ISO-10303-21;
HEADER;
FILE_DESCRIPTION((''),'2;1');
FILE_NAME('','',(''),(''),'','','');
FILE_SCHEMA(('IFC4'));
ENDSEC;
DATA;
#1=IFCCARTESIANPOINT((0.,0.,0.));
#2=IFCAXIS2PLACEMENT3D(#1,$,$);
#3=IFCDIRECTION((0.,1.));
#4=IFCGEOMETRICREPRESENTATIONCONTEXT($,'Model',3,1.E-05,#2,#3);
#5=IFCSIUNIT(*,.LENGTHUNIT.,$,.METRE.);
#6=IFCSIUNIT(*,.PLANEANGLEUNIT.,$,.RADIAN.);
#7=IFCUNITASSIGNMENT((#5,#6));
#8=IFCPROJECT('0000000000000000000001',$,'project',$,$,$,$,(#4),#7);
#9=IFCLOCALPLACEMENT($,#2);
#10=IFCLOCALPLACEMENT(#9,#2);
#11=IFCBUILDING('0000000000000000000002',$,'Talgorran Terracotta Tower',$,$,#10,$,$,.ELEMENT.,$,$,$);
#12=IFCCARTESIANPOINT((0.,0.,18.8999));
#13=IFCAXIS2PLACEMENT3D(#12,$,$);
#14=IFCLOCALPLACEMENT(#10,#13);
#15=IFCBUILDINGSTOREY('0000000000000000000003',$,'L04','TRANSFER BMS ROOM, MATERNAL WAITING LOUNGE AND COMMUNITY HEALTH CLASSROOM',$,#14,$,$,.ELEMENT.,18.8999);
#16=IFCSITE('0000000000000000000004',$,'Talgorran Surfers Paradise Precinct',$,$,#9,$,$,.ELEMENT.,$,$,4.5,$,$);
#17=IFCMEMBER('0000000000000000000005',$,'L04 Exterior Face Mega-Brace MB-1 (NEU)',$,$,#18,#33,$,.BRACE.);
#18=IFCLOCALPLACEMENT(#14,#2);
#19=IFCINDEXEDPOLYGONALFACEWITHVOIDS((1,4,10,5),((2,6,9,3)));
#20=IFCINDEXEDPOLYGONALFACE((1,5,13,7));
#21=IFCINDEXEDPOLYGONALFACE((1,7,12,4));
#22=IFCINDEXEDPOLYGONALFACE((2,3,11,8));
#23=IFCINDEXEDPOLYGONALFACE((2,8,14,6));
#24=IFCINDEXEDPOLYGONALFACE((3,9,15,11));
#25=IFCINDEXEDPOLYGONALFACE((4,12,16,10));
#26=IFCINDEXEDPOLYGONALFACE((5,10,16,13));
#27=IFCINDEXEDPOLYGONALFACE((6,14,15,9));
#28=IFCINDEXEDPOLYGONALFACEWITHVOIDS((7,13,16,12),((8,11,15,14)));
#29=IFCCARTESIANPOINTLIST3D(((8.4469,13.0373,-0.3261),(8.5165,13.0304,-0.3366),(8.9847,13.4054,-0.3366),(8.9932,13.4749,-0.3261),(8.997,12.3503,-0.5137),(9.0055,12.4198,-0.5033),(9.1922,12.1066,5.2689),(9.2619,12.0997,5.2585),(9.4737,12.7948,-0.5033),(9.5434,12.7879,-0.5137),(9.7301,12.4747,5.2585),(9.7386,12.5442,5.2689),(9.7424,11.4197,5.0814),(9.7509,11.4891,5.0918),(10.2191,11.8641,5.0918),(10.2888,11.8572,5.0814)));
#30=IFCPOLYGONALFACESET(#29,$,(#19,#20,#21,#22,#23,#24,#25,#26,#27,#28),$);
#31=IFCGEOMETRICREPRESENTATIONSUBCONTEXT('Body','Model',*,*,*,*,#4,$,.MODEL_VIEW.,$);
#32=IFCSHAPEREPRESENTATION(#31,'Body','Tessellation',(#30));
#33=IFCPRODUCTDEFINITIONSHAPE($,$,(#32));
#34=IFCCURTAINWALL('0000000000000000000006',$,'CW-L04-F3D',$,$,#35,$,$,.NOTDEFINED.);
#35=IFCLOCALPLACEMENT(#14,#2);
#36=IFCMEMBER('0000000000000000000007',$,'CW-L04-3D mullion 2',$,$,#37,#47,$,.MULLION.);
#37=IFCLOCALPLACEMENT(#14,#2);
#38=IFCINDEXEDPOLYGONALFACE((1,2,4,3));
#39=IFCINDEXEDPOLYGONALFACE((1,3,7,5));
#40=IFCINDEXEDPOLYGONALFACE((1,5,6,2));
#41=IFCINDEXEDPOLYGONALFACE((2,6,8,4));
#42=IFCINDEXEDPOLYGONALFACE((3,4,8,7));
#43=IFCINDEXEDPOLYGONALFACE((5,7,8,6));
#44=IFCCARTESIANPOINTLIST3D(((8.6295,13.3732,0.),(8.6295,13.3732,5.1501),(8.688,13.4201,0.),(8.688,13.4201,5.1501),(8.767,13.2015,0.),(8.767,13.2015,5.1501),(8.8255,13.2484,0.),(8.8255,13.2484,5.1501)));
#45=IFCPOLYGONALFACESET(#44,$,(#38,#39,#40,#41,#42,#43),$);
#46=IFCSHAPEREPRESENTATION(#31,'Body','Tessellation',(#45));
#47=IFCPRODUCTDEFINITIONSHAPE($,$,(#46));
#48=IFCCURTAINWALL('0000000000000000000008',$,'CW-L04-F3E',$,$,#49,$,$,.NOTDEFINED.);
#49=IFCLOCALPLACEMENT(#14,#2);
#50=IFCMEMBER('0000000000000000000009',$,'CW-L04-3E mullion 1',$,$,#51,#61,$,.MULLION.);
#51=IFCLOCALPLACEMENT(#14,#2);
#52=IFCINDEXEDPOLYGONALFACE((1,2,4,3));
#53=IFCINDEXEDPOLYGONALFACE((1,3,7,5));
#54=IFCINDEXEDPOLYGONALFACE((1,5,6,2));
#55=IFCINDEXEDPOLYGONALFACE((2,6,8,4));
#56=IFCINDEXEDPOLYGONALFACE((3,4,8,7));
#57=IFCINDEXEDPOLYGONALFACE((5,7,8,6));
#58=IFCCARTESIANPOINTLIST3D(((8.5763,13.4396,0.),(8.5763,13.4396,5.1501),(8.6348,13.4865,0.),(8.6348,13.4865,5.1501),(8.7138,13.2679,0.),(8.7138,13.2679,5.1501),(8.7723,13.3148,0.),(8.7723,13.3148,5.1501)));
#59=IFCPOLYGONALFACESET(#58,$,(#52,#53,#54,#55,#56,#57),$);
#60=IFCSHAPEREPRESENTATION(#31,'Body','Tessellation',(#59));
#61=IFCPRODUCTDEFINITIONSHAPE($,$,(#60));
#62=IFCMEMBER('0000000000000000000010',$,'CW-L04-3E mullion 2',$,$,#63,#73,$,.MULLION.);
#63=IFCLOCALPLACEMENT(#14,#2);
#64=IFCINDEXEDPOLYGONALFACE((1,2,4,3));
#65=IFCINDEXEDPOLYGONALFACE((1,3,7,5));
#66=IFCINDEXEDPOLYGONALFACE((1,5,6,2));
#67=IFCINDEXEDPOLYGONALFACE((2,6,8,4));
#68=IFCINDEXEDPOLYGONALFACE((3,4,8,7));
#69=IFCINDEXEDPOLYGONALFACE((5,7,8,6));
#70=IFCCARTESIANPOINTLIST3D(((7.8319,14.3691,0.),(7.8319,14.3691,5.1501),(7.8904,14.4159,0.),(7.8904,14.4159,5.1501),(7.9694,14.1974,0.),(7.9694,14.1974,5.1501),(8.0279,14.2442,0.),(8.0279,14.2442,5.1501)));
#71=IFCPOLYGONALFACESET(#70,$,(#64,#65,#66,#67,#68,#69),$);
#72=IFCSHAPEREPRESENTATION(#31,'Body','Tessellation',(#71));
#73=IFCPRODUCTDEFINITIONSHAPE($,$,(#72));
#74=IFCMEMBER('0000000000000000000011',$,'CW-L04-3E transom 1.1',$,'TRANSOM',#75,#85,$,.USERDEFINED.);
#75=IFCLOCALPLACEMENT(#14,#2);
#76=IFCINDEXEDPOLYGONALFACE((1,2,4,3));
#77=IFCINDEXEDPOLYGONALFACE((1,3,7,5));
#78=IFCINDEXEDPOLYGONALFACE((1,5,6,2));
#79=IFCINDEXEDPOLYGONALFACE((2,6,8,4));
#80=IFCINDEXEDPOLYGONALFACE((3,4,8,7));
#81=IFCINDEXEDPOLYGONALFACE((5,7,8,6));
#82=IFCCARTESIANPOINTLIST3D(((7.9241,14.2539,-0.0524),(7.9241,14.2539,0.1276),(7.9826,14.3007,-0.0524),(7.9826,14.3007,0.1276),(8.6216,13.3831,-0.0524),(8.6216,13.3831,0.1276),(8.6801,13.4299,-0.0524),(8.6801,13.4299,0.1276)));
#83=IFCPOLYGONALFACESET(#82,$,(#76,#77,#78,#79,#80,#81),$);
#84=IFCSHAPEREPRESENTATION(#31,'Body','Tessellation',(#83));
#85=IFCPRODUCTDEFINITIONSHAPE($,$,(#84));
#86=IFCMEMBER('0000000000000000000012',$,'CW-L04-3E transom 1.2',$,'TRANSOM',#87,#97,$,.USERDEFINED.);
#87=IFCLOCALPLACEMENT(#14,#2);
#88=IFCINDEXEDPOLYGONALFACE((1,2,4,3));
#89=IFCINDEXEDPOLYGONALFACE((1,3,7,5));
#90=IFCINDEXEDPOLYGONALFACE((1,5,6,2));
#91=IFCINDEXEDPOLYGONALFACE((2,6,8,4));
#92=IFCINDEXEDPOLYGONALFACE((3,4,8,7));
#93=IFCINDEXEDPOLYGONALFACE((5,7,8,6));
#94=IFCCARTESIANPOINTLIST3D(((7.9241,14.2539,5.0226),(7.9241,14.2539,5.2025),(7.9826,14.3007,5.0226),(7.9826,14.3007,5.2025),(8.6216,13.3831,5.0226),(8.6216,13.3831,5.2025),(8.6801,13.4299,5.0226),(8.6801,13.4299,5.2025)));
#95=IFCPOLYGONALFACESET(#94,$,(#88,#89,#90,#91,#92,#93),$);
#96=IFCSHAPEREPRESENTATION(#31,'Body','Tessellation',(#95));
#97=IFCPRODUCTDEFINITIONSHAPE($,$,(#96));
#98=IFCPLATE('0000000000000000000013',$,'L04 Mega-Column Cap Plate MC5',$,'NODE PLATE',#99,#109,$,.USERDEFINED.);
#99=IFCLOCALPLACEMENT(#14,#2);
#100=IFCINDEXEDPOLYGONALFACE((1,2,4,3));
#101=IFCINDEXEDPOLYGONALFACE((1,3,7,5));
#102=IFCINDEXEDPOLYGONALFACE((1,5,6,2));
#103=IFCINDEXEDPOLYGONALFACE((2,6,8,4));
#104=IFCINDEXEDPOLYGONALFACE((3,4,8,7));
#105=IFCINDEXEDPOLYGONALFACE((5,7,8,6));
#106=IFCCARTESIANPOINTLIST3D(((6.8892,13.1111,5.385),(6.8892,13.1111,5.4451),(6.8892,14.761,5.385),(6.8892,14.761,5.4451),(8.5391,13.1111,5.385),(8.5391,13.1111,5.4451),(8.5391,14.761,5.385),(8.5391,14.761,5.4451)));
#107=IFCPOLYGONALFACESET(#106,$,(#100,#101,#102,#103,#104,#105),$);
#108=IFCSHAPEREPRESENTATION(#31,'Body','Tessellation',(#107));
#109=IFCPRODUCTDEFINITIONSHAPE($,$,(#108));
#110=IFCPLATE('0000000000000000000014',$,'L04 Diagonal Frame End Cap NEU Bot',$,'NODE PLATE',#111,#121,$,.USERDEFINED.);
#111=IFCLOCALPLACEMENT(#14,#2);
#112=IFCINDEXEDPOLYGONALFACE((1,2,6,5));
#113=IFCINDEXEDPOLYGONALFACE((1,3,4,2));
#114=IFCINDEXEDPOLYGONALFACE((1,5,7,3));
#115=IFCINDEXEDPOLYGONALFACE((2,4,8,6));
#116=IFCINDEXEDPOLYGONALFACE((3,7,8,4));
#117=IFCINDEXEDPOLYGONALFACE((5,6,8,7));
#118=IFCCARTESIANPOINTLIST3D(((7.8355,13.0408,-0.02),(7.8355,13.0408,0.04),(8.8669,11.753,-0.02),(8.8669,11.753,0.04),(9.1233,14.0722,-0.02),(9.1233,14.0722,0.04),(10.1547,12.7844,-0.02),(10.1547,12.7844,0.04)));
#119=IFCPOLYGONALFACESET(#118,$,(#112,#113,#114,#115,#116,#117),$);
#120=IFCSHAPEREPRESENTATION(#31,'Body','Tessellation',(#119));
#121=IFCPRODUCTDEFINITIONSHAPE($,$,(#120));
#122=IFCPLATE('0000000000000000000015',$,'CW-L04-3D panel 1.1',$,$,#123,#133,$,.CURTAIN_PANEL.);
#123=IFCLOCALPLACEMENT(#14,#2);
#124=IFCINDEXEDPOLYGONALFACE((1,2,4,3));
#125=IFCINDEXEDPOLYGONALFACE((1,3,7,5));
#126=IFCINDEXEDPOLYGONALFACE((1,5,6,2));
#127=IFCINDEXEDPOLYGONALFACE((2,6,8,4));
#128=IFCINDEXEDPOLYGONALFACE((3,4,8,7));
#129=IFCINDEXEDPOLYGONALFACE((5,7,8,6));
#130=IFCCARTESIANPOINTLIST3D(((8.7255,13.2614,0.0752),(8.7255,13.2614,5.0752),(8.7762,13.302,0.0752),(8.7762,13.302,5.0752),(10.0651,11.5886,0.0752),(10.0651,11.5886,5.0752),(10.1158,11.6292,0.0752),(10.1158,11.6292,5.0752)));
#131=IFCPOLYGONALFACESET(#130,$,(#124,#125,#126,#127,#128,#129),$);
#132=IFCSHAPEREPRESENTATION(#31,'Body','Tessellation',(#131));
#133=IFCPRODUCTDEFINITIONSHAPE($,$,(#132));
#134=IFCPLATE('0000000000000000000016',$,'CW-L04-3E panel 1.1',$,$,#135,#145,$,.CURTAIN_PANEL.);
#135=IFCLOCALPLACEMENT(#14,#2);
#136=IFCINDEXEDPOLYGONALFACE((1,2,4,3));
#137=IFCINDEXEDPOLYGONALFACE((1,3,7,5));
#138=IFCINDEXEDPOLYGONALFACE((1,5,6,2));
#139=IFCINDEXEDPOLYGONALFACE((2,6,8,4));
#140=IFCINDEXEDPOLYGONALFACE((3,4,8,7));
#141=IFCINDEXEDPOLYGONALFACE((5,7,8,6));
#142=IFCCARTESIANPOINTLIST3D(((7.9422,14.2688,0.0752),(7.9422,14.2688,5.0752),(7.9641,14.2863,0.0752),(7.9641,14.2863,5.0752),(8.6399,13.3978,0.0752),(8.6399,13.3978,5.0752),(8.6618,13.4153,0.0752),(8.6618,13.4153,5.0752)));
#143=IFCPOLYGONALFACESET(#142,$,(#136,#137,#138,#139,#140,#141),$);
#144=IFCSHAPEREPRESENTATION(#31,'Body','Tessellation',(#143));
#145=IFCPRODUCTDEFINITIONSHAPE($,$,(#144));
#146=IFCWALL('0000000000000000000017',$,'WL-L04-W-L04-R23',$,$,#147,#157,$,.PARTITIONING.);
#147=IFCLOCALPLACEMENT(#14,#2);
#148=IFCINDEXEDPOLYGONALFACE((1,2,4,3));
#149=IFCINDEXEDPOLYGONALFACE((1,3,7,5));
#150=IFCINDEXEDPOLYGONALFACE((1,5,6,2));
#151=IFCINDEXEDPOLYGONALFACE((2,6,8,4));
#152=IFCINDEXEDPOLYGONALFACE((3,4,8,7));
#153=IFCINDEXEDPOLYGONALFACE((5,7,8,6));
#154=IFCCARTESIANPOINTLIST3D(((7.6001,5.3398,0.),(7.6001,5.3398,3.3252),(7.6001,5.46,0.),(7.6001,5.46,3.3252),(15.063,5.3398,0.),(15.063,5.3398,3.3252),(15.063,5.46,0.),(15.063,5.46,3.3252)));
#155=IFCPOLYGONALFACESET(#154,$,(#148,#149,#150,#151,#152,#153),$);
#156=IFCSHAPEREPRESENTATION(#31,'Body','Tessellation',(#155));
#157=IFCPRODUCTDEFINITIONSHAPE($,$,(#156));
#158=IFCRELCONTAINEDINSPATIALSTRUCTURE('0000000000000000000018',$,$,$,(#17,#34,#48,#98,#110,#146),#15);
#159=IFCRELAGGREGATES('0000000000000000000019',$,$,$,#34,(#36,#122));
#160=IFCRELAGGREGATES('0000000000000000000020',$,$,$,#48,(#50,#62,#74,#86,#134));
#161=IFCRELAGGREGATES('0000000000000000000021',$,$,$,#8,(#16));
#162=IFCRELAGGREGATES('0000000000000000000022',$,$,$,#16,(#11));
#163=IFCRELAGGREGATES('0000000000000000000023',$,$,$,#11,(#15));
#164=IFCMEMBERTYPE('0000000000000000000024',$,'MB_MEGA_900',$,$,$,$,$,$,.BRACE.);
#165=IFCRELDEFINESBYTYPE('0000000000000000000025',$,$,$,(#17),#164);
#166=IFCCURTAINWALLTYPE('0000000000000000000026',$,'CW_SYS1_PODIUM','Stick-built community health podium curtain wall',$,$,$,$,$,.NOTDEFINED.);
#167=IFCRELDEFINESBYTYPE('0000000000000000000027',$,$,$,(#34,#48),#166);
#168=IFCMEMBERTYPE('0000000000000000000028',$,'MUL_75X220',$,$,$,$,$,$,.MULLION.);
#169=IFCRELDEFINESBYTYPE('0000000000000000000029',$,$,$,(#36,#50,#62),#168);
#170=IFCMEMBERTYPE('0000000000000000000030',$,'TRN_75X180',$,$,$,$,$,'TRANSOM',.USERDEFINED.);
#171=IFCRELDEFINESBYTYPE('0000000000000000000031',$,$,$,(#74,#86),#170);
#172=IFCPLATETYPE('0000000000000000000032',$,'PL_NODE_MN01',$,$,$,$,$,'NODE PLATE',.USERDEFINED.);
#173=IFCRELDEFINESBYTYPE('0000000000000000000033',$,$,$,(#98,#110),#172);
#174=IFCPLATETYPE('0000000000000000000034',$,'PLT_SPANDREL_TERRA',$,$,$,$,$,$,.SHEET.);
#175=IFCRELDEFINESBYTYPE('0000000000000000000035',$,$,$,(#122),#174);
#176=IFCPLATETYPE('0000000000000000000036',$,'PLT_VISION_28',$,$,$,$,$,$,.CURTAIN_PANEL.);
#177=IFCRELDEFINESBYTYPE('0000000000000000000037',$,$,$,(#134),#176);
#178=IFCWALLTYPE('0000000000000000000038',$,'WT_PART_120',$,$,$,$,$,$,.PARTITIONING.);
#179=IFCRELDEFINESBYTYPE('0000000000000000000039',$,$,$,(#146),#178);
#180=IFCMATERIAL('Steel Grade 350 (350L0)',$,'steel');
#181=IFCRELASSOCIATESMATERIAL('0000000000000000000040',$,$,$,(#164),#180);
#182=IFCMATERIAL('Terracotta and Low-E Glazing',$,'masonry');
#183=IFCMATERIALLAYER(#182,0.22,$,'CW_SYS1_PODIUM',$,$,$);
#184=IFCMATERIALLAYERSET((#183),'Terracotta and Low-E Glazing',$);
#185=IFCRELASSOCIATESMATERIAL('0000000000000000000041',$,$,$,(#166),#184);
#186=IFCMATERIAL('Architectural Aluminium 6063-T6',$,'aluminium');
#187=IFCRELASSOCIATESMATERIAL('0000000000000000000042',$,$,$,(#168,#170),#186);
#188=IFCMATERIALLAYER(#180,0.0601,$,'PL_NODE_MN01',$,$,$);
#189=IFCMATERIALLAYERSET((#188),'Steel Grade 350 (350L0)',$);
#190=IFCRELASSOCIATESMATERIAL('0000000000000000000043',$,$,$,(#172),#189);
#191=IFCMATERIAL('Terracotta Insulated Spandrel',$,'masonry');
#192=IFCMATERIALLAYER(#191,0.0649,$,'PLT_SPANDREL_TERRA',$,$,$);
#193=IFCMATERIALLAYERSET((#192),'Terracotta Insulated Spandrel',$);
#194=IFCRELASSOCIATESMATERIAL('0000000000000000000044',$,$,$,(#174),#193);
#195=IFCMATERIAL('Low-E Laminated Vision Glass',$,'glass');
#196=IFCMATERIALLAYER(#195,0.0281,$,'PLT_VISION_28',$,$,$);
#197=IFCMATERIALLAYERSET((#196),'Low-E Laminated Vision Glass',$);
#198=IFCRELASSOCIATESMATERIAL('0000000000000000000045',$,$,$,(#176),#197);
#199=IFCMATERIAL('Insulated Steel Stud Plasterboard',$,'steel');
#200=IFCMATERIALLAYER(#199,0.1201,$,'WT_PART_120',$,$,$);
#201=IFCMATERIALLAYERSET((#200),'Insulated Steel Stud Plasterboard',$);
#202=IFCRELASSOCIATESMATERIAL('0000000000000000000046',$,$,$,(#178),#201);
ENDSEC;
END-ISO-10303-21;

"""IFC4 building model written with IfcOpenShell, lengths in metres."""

from ifc_helpers import new_model, si_unit, direction, frame, frame_2d, origin, origin_2d, place, context, subcontext, project, spatial, rectangle, hollow_rectangle, extrude, source, transform, mapped, material, layer, layer_set, material_profile, profile_set, type_object, type_shapes, element, aggregate, save


model = new_model("IFC4")

# Units and contexts
model_context = context("Model", 3, precision=1e-05, world=origin(), true_north=direction((0.0, 1.0)))
body_context = subcontext(model_context, "Body", "Model", "MODEL_VIEW")
ifc_project = project(units=[si_unit("LENGTHUNIT", "METRE"), si_unit("PLANEANGLEUNIT", "RADIAN")], contexts=[model_context])

# Site, building, storey
site_placement = place(None, origin())
site = spatial("IfcSite", under=ifc_project, at=site_placement, Name="Talgorran Surfers Paradise Precinct", CompositionType="ELEMENT", RefElevation=4.5)
building_placement = place(site_placement, origin())
building = spatial("IfcBuilding", under=site, at=building_placement, Name="Talgorran Terracotta Tower", CompositionType="ELEMENT")
storey_placement = place(building_placement, frame((0.0, 0.0, 18.8999)))
storey = spatial("IfcBuildingStorey", under=building, at=storey_placement, Name="L04", Description="TRANSFER BMS ROOM, MATERNAL WAITING LOUNGE AND COMMUNITY HEALTH CLASSROOM", CompositionType="ELEMENT", Elevation=18.8999)

# Shared definitions
ifc_material_1 = material(Name="Steel Grade 350 (350L0)", Category="steel")

# Member
ifc_material_profile_1 = material_profile(ifc_material_1, hollow_rectangle(XDim=0.7, YDim=0.8999, WallThickness=0.05, at=origin_2d()), Name="WBOX900X700X50")
ifc_profile_set_1 = profile_set([ifc_material_profile_1], Name="Steel Grade 350 (350L0)")
member_type_1 = type_object("IfcMemberType", Name="MB_MEGA_900", PredefinedType="BRACE", material=ifc_profile_set_1)
member_1_placement = place(storey_placement, frame((8.9951, 12.9126, -0.4199), z_axis=(0.130294, -0.162686, 0.978037), x_axis=(0.780529, 0.625119, 0.0)))
element("IfcMember", 1, at=member_1_placement, inside=storey, type_object=member_type_1, Name="L04 Exterior Face Mega-Brace MB-1 (NEU)", PredefinedType="BRACE", context=body_context, shape_type="SweptSolid", body=[
    extrude(hollow_rectangle(XDim=0.7, YDim=0.8999, WallThickness=0.05, at=origin_2d()), origin(), (0.0, 0.0, 1.0), 5.7207),
])

# Curtain wall, member
ifc_material_2 = material(Name="Terracotta and Low-E Glazing", Category="masonry")
ifc_layer_1 = layer(ifc_material_2, 0.22, Name="CW_SYS1_PODIUM")
ifc_layer_set_1 = layer_set([ifc_layer_1], Name="Terracotta and Low-E Glazing")
curtain_wall_type = type_object("IfcCurtainWallType", Name="CW_SYS1_PODIUM", Description="Stick-built community health podium curtain wall", PredefinedType="NOTDEFINED", material=ifc_layer_set_1)
curtain_wall_1_placement = place(storey_placement, origin())
curtain_wall_1 = element("IfcCurtainWall", 2, at=curtain_wall_1_placement, inside=storey, type_object=curtain_wall_type, Name="CW-L04-F3D", PredefinedType="NOTDEFINED")
ifc_material_3 = material(Name="Architectural Aluminium 6063-T6", Category="aluminium")
ifc_material_profile_2 = material_profile(ifc_material_3, rectangle(XDim=0.075, YDim=0.22, at=origin_2d()), Name="CWM75X220")
ifc_profile_set_2 = profile_set([ifc_material_profile_2], Name="Architectural Aluminium 6063-T6")
member_type_2 = type_object("IfcMemberType", Name="MUL_75X220", PredefinedType="MULLION", material=ifc_profile_set_2)
member_2_placement = place(storey_placement, frame((8.7275, 13.3108, 0.0), z_axis=(0.0, 0.0, 1.0), x_axis=(-0.780537, -0.62511, 0.0)))
member_2 = element("IfcMember", 3, at=member_2_placement, type_object=member_type_2, Name="CW-L04-3D mullion 2", PredefinedType="MULLION", context=body_context, shape_type="SweptSolid", body=[
    extrude(rectangle(XDim=0.075, YDim=0.22, at=origin_2d()), origin(), (0.0, 0.0, 1.0), 5.1501),
])

# Curtain wall, members
curtain_wall_2_placement = place(storey_placement, origin())
curtain_wall_2 = element("IfcCurtainWall", 4, at=curtain_wall_2_placement, inside=storey, type_object=curtain_wall_type, Name="CW-L04-F3E", PredefinedType="NOTDEFINED")
member_3_placement = place(storey_placement, frame((8.6743, 13.3772, 0.0), z_axis=(0.0, 0.0, 1.0), x_axis=(-0.780514, -0.625138, 0.0)))
member_3 = element("IfcMember", 5, at=member_3_placement, type_object=member_type_2, Name="CW-L04-3E mullion 1", PredefinedType="MULLION", context=body_context, shape_type="SweptSolid", body=[
    extrude(rectangle(XDim=0.075, YDim=0.22, at=origin_2d()), origin(), (0.0, 0.0, 1.0), 5.1501),
])
member_4_placement = place(storey_placement, frame((7.9299, 14.3066, 0.0), z_axis=(0.0, 0.0, 1.0), x_axis=(-0.780514, -0.625138, 0.0)))
member_4 = element("IfcMember", 6, at=member_4_placement, type_object=member_type_2, Name="CW-L04-3E mullion 2", PredefinedType="MULLION", context=body_context, shape_type="SweptSolid", body=[
    extrude(rectangle(XDim=0.075, YDim=0.22, at=origin_2d()), origin(), (0.0, 0.0, 1.0), 5.1501),
])
ifc_material_profile_3 = material_profile(ifc_material_3, rectangle(XDim=0.075, YDim=0.1799, at=origin_2d()), Name="CWT75X180")
ifc_profile_set_3 = profile_set([ifc_material_profile_3], Name="Architectural Aluminium 6063-T6")
member_type_3 = type_object("IfcMemberType", Name="TRN_75X180", ElementType="TRANSOM", PredefinedType="USERDEFINED", material=ifc_profile_set_3)
member_5_placement = place(storey_placement, frame((8.6509, 13.4065, 0.0376), z_axis=(-0.625149, 0.780506, 0.0), x_axis=(-0.780506, -0.625149, 0.0)))
member_5 = element("IfcMember", 7, at=member_5_placement, type_object=member_type_3, Name="CW-L04-3E transom 1.1", ObjectType="TRANSOM", PredefinedType="USERDEFINED", context=body_context, shape_type="SweptSolid", body=[
    extrude(rectangle(XDim=0.075, YDim=0.1799, at=origin_2d()), origin(), (0.0, 0.0, 1.0), 1.1157),
])
member_6_placement = place(storey_placement, frame((8.6509, 13.4065, 5.1125), z_axis=(-0.625149, 0.780506, 0.0), x_axis=(-0.780506, -0.625149, 0.0)))
member_6 = element("IfcMember", 8, at=member_6_placement, type_object=member_type_3, Name="CW-L04-3E transom 1.2", ObjectType="TRANSOM", PredefinedType="USERDEFINED", context=body_context, shape_type="SweptSolid", body=[
    extrude(rectangle(XDim=0.075, YDim=0.1799, at=origin_2d()), origin(), (0.0, 0.0, 1.0), 1.1157),
])

# Plates
ifc_layer_2 = layer(ifc_material_1, 0.0601, Name="PL_NODE_MN01")
ifc_layer_set_2 = layer_set([ifc_layer_2], Name="Steel Grade 350 (350L0)")
plate_type_1 = type_object("IfcPlateType", Name="PL_NODE_MN01", ElementType="NODE PLATE", PredefinedType="USERDEFINED", material=ifc_layer_set_2)
for number, where, z_axis, x_axis, name in (
    (9, (7.7141, 13.936, 5.385), (0.0, 0.0, 1.0), (1.0, 0.0, 0.0), "L04 Mega-Column Cap Plate MC5"),
    (10, (8.9951, 12.9126, -0.02), (0.0, 0.0, 1.0), (0.625106, -0.78054, 0.0), "L04 Diagonal Frame End Cap NEU Bot"),
):
    element("IfcPlate", number, at=place(storey_placement, frame(where, z_axis=z_axis, x_axis=x_axis)), inside=storey, type_object=plate_type_1, Name=name, ObjectType="NODE PLATE", PredefinedType="USERDEFINED", context=body_context, shape_type="SweptSolid", body=[
        extrude(rectangle(XDim=1.6499, YDim=1.6499, at=origin_2d()), origin(), (0.0, 0.0, 1.0), 0.0601),
    ])

# Plates
ifc_material_4 = material(Name="Terracotta Insulated Spandrel", Category="masonry")
ifc_layer_3 = layer(ifc_material_4, 0.0649, Name="PLT_SPANDREL_TERRA")
ifc_layer_set_3 = layer_set([ifc_layer_3], Name="Terracotta Insulated Spandrel")
plate_type_2 = type_object("IfcPlateType", Name="PLT_SPANDREL_TERRA", PredefinedType="SHEET", material=ifc_layer_set_3)
shared_shape_1 = source(origin(), body_context, "Body", "SweptSolid", [
    extrude(rectangle(XDim=2.1431, YDim=0.0649, at=origin_2d()), origin(), (0.0, 0.0, 1.0), 5.0),
])
type_shapes(plate_type_2, [shared_shape_1])
plate_1_placement = place(storey_placement, frame((9.4207, 12.4453, 0.0752), z_axis=(0.0, 0.0, 1.0), x_axis=(-0.62511, 0.780537, 0.0)))
plate_1 = element("IfcPlate", 11, at=plate_1_placement, type_object=plate_type_2, Name="CW-L04-3D panel 1.1", PredefinedType="CURTAIN_PANEL", context=body_context, shape_type="MappedRepresentation", body=[
    mapped(shared_shape_1, transform((0.0, 0.0, 0.0), scale=1.0)),
])
aggregate(curtain_wall_1, [member_2, plate_1])
ifc_material_5 = material(Name="Low-E Laminated Vision Glass", Category="glass")
ifc_layer_4 = layer(ifc_material_5, 0.0281, Name="PLT_VISION_28")
ifc_layer_set_4 = layer_set([ifc_layer_4], Name="Low-E Laminated Vision Glass")
plate_type_3 = type_object("IfcPlateType", Name="PLT_VISION_28", PredefinedType="CURTAIN_PANEL", material=ifc_layer_set_4)
shared_shape_2 = source(origin(), body_context, "Body", "SweptSolid", [
    extrude(rectangle(XDim=1.116, YDim=0.0281, at=origin_2d()), origin(), (0.0, 0.0, 1.0), 5.0),
])
type_shapes(plate_type_3, [shared_shape_2])
plate_2_placement = place(storey_placement, frame((8.302, 13.842, 0.0752), z_axis=(0.0, 0.0, 1.0), x_axis=(-0.625138, 0.780514, 0.0)))
plate_2 = element("IfcPlate", 12, at=plate_2_placement, type_object=plate_type_3, Name="CW-L04-3E panel 1.1", PredefinedType="CURTAIN_PANEL", context=body_context, shape_type="MappedRepresentation", body=[
    mapped(shared_shape_2, transform((0.0, 0.0, 0.0), scale=1.0)),
])
aggregate(curtain_wall_2, [member_3, member_4, member_5, member_6, plate_2])

# Wall
ifc_material_6 = material(Name="Insulated Steel Stud Plasterboard", Category="steel")
ifc_layer_5 = layer(ifc_material_6, 0.1201, Name="WT_PART_120")
ifc_layer_set_5 = layer_set([ifc_layer_5], Name="Insulated Steel Stud Plasterboard")
wall_type_1 = type_object("IfcWallType", Name="WT_PART_120", PredefinedType="PARTITIONING", material=ifc_layer_set_5)
wall_1_placement = place(storey_placement, frame((7.6001, 5.3999, 0.0), z_axis=(0.0, 0.0, 1.0), x_axis=(1.0, 0.0, 0.0)))
element("IfcWall", 13, at=wall_1_placement, inside=storey, type_object=wall_type_1, Name="WL-L04-W-L04-R23", PredefinedType="PARTITIONING", context=body_context, shape_type="SweptSolid", body=[
    extrude(rectangle(XDim=7.4629, YDim=0.1201, at=frame_2d((3.7314, 0.0))), origin(), (0.0, 0.0, 1.0), 3.3252),
])

save(model, "model.ifc")
